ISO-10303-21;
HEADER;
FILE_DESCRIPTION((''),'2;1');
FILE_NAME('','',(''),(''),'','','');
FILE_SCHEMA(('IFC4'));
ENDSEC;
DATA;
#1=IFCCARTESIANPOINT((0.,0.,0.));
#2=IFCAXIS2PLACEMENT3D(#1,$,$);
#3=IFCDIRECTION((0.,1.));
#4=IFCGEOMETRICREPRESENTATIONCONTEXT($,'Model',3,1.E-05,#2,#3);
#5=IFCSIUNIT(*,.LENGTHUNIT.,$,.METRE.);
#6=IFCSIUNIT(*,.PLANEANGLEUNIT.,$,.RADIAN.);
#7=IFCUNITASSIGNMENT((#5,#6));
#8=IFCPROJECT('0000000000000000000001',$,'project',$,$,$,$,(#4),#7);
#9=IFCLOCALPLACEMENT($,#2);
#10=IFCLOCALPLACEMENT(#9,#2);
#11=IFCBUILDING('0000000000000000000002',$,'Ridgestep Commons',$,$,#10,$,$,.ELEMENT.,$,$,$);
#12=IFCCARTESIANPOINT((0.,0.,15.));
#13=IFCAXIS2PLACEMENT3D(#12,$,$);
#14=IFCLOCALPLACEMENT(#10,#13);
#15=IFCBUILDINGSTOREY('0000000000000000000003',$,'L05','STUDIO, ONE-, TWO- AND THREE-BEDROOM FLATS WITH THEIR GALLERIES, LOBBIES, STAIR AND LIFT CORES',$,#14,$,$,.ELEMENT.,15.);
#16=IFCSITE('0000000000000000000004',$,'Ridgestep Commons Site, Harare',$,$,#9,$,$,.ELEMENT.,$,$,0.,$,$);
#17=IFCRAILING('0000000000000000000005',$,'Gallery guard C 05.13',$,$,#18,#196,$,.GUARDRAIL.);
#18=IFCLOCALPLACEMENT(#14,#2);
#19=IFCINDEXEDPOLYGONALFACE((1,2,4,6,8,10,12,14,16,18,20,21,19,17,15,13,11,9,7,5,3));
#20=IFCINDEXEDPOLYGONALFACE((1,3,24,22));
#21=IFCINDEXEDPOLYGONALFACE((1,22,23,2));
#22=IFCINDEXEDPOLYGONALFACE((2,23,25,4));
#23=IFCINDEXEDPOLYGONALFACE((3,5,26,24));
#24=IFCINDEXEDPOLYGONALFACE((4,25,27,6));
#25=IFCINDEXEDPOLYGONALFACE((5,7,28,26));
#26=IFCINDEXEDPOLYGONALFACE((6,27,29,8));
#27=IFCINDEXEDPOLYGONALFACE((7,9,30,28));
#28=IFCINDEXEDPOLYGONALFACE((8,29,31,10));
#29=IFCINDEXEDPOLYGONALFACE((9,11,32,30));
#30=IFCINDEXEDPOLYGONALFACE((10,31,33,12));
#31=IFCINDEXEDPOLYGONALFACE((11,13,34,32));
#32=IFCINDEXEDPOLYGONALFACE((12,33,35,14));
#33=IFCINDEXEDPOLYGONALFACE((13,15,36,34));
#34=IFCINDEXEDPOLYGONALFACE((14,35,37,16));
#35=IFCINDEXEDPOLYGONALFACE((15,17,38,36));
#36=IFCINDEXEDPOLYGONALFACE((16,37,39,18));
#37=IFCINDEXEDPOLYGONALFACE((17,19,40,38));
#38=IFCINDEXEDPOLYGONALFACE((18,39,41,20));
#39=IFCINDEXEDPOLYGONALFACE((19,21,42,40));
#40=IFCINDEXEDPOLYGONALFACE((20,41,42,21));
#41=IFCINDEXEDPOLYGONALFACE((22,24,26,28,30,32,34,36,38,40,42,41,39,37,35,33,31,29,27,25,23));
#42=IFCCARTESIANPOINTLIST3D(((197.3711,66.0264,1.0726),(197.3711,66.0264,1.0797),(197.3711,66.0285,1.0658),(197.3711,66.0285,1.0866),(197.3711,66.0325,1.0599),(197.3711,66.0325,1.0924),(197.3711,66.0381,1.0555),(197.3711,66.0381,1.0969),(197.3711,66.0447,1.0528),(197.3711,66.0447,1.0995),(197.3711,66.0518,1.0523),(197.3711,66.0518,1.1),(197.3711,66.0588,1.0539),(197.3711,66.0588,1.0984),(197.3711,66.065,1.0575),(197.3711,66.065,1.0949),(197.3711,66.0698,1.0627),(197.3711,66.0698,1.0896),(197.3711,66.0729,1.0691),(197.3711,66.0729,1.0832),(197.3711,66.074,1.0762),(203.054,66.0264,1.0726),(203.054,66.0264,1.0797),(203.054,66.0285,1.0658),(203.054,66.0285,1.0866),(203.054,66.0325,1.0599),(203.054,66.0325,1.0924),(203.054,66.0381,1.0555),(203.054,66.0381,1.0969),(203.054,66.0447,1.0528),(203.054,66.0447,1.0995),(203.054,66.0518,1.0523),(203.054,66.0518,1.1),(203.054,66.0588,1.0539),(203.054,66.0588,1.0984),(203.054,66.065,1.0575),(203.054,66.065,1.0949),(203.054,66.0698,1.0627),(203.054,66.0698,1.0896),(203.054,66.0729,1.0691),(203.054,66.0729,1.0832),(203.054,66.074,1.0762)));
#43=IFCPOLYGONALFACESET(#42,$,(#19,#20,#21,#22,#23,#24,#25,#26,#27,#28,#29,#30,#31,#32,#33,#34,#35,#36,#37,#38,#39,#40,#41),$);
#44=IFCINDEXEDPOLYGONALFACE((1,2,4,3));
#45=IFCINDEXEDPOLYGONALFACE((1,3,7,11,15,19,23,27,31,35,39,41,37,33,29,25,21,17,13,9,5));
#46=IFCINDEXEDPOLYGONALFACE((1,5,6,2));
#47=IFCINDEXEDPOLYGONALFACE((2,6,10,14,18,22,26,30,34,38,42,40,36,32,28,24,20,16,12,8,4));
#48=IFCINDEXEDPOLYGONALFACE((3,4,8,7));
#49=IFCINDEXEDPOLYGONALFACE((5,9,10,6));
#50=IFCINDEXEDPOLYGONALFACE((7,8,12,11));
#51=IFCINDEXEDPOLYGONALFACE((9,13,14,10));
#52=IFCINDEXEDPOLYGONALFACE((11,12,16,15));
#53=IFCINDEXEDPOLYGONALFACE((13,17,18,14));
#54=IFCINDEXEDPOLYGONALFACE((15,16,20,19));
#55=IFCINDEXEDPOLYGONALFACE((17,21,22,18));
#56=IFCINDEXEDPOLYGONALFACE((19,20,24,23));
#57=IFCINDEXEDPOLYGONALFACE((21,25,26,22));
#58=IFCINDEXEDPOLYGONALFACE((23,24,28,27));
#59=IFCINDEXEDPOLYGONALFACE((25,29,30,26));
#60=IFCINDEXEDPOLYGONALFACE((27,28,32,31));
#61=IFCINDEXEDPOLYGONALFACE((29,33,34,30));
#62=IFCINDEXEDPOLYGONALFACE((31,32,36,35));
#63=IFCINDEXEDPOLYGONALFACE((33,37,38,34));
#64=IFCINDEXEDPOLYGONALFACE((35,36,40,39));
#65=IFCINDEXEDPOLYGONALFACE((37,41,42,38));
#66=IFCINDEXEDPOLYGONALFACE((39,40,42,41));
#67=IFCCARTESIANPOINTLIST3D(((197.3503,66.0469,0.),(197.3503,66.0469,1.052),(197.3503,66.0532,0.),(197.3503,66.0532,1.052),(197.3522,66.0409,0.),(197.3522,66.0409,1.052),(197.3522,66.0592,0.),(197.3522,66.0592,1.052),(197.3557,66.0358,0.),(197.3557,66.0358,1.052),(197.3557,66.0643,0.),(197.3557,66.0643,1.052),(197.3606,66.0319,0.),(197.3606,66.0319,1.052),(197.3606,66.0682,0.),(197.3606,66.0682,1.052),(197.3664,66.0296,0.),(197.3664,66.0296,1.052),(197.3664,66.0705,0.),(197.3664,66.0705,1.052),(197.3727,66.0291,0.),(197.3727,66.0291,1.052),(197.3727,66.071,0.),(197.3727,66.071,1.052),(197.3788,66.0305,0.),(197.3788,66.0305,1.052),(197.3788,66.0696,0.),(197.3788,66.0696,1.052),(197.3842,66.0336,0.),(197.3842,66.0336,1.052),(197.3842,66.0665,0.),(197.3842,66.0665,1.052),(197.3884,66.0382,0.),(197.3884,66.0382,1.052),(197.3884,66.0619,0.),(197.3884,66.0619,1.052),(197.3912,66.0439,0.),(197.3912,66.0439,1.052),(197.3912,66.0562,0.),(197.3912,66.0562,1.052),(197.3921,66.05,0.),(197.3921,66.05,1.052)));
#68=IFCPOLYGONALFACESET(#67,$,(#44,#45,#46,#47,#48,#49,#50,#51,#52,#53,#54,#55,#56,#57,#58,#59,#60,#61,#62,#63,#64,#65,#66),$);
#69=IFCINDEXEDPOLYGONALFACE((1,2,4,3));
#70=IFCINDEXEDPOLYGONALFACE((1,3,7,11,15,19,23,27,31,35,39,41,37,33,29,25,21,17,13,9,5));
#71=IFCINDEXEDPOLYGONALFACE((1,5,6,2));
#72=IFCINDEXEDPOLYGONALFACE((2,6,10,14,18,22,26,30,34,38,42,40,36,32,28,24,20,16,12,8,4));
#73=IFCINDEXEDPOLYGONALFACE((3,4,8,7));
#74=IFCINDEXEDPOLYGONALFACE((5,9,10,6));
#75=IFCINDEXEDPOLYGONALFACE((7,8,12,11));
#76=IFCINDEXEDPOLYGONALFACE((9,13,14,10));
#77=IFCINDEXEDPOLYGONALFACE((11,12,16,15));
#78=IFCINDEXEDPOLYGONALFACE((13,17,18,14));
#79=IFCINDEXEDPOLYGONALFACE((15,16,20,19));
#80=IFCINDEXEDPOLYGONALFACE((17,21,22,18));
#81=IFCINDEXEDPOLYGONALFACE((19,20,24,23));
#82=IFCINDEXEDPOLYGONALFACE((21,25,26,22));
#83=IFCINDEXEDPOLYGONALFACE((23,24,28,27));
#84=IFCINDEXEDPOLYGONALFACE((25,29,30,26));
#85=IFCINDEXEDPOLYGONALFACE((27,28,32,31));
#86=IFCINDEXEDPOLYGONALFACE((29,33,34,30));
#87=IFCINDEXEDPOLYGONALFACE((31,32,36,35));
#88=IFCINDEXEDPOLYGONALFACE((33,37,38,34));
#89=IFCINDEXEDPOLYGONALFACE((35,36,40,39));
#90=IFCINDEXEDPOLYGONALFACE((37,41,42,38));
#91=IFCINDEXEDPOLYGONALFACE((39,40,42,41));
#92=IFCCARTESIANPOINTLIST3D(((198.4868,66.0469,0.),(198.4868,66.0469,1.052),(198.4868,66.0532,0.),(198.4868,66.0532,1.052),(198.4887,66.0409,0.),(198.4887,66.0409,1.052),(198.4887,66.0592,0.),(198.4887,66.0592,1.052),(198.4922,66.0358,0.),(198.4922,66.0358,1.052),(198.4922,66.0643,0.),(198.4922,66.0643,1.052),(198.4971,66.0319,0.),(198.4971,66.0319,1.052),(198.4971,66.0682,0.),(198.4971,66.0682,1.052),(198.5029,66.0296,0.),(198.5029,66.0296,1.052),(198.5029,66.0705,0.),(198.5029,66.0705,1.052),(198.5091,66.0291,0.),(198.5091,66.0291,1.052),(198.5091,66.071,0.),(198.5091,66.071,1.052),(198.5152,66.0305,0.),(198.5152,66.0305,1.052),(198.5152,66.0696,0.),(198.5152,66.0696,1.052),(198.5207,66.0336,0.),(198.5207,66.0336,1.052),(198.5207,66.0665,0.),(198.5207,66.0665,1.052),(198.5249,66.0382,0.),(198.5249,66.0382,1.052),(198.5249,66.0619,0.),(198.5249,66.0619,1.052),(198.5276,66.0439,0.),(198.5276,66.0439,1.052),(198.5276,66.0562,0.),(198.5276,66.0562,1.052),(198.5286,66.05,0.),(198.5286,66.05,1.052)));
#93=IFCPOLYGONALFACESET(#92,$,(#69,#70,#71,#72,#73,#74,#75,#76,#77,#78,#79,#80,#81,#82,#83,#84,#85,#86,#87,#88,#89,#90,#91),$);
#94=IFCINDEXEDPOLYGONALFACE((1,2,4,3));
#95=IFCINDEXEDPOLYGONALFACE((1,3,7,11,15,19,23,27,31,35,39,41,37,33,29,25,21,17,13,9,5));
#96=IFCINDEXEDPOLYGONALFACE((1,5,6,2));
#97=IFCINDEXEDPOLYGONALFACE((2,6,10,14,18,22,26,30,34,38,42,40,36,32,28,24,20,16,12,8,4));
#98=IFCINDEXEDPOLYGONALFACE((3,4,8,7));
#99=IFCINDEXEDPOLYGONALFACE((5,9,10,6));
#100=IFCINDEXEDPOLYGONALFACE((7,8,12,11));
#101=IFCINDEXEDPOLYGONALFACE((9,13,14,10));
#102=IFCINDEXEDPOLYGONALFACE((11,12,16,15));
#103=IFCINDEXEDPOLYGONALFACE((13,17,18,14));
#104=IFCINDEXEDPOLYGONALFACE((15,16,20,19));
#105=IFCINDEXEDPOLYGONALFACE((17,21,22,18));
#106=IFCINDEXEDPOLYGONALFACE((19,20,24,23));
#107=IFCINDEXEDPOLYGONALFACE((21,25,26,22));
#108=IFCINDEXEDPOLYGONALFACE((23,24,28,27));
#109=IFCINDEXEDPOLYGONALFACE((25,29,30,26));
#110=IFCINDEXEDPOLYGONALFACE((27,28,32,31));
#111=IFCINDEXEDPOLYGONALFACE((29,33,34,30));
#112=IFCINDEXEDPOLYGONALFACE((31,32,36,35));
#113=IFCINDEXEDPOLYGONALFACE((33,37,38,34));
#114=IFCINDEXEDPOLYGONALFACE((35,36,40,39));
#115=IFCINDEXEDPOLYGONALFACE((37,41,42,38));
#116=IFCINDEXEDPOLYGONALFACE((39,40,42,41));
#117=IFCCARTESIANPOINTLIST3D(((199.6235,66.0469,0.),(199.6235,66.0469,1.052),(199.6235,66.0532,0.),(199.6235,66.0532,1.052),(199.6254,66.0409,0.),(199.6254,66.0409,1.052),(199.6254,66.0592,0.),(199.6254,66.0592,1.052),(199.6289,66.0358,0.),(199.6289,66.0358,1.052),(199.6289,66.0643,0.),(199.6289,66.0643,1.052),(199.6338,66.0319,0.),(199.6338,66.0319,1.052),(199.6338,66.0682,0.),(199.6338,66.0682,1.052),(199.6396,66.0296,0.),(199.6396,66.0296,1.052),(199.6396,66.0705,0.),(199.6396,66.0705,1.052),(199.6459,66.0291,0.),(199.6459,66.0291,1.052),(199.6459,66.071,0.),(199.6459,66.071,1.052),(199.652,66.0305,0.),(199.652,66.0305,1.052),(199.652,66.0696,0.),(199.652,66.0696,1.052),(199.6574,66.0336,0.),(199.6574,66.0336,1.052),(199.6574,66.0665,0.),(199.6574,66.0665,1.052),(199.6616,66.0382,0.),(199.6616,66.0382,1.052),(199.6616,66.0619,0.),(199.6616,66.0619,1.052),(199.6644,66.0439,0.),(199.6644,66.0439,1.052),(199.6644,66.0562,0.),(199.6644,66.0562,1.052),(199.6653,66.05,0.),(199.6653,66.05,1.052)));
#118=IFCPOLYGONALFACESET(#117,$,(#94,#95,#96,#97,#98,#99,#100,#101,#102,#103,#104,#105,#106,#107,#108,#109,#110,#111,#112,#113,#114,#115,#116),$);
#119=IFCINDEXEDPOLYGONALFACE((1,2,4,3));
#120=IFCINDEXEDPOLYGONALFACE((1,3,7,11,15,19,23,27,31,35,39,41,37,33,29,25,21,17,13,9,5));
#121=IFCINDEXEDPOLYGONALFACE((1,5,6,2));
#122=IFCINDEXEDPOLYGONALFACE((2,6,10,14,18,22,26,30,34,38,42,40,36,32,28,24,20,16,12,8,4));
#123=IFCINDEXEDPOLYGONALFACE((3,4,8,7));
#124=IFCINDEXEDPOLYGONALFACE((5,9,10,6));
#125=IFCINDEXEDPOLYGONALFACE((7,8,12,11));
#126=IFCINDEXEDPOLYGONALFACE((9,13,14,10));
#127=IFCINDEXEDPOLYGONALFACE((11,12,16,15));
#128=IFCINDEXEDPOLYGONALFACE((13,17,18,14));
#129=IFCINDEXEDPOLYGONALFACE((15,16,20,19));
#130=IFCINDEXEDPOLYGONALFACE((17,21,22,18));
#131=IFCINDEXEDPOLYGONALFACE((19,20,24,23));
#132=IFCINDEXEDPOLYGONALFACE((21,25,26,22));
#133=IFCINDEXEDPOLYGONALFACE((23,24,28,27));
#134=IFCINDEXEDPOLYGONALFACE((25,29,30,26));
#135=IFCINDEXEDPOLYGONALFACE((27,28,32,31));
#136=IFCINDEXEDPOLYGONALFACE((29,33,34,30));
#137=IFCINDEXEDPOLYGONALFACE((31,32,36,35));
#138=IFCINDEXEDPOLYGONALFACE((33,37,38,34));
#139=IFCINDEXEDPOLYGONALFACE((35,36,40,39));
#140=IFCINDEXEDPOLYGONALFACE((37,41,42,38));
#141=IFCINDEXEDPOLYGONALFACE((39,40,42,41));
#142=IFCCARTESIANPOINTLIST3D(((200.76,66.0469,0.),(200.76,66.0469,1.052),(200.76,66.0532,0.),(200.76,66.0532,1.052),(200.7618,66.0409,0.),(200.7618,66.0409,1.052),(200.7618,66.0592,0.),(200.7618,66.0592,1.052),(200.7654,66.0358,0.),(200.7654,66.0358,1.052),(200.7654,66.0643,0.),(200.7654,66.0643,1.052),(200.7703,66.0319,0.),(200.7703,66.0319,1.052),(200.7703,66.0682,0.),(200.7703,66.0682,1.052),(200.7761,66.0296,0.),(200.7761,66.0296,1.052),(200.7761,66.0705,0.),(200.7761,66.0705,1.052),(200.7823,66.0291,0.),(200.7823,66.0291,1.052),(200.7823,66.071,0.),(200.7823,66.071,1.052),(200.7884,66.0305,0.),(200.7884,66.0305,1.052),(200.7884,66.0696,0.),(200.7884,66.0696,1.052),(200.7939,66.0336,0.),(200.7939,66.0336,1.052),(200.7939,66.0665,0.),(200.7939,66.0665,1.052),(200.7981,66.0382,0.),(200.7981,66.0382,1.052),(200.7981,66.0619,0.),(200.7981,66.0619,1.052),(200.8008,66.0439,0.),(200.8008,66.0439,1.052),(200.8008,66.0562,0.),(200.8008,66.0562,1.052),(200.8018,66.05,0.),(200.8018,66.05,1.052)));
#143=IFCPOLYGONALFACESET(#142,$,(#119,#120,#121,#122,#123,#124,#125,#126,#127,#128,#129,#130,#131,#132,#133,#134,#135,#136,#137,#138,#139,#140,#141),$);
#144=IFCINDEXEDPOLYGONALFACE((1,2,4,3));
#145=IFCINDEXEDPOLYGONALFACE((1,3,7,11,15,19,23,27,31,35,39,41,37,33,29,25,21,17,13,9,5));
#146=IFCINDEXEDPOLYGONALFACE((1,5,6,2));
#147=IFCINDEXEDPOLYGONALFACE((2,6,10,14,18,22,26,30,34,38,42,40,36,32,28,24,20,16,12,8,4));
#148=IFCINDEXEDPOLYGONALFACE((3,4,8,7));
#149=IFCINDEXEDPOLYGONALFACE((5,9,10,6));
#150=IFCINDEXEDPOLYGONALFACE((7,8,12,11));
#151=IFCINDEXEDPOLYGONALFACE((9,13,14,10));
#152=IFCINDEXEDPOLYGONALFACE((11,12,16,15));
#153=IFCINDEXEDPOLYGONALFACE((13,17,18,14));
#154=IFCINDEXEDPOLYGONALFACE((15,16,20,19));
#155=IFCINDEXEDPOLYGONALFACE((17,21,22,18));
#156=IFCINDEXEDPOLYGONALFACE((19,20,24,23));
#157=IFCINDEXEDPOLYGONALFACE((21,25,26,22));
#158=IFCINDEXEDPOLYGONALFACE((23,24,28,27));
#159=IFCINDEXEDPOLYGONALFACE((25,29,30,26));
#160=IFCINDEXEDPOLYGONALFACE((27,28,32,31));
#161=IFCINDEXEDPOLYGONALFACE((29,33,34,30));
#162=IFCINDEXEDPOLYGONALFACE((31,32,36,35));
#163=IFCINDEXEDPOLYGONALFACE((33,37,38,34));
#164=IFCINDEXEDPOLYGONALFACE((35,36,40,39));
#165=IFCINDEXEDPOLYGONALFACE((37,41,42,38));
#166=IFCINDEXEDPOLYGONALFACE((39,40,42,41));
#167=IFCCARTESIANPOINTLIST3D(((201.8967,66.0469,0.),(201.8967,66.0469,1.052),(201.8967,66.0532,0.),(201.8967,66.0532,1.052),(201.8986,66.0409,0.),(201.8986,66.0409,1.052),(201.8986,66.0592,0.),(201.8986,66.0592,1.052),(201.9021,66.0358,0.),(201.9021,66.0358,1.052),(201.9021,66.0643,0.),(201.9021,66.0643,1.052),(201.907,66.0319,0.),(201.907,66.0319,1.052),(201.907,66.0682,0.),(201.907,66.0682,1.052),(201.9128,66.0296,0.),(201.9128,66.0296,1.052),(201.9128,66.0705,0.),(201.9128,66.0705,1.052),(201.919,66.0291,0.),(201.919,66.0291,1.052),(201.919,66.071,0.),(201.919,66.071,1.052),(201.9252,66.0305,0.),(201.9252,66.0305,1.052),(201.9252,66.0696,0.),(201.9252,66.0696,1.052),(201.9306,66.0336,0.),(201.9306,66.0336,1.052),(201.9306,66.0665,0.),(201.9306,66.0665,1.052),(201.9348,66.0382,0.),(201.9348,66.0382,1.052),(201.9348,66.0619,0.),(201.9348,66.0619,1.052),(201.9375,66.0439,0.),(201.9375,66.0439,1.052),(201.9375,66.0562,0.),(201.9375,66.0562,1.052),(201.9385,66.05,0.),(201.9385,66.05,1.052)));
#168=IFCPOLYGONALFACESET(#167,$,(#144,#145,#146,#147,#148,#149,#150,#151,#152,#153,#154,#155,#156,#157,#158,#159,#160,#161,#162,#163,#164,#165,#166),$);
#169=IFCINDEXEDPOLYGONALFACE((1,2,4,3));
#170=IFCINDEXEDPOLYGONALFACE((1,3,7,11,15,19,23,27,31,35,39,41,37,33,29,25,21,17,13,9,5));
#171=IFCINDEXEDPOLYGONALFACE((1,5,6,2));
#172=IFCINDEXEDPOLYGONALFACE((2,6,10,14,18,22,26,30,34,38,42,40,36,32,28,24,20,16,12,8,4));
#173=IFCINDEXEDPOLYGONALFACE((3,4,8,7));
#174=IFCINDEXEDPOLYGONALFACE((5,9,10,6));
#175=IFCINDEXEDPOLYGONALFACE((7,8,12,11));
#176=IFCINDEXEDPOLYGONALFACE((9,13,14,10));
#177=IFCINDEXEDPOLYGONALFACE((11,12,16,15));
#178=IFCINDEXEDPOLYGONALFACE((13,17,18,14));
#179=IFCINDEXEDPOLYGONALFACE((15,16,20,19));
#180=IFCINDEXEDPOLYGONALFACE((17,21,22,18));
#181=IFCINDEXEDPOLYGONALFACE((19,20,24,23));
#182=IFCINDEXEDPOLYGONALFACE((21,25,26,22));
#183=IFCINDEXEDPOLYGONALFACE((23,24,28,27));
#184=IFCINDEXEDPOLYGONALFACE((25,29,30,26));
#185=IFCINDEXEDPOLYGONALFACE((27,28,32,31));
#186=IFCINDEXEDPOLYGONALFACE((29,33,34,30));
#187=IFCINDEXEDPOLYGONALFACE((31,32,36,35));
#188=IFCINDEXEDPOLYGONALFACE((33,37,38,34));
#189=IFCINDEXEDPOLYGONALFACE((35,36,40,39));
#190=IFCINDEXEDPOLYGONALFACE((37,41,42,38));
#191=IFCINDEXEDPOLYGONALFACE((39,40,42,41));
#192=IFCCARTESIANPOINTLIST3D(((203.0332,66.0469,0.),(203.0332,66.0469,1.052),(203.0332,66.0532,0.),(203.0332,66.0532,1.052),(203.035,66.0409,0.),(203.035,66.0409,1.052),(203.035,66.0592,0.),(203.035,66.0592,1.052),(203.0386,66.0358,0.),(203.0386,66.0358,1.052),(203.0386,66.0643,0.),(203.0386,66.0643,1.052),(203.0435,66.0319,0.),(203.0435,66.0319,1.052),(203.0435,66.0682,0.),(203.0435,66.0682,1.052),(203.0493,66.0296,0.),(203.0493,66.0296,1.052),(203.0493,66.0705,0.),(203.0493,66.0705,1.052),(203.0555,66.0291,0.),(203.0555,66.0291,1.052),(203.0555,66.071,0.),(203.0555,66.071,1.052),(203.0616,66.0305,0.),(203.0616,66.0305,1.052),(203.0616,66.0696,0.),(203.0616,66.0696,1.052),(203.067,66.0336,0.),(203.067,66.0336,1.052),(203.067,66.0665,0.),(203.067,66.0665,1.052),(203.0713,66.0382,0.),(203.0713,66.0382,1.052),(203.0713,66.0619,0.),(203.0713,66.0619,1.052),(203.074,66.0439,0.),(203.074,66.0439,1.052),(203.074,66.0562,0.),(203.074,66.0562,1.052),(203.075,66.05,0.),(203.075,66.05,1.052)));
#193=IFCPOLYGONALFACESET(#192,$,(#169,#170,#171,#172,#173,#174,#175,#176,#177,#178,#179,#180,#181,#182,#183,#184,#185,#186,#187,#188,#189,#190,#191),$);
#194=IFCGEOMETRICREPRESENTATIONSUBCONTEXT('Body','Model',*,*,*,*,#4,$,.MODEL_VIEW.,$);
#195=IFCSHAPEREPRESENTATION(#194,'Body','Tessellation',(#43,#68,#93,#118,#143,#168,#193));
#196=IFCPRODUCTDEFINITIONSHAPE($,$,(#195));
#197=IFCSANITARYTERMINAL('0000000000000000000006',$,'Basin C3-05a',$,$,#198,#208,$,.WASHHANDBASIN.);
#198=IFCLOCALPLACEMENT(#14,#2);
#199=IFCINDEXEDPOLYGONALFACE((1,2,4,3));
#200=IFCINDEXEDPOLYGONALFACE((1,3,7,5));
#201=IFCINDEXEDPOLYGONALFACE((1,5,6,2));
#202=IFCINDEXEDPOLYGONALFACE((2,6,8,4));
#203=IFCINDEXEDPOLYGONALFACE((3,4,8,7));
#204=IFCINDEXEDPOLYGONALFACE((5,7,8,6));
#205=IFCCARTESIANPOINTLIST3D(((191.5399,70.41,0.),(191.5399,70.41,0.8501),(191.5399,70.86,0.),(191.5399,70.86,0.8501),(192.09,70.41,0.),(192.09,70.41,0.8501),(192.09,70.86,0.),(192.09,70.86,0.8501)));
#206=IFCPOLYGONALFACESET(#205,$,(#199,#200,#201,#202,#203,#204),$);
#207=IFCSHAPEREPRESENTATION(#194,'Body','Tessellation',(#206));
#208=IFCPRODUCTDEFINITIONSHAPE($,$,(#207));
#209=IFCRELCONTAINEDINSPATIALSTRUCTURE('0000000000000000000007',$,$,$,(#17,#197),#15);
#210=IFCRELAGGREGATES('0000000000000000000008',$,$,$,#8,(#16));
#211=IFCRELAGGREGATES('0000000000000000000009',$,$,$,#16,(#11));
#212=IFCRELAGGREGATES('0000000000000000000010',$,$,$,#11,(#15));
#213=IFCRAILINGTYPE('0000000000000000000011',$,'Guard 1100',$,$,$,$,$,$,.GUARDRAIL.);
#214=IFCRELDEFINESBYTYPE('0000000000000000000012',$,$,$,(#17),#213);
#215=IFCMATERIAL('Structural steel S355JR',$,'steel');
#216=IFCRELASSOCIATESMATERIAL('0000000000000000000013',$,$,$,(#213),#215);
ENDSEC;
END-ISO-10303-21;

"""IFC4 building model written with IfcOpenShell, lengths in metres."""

from ifc_helpers import new_model, si_unit, direction, frame, origin, origin_2d, place, context, subcontext, project, spatial, rectangle, circle, extrude, material, type_object, element, save


model = new_model("IFC4")

# Units and contexts
model_context = context("Model", 3, precision=1e-05, world=origin(), true_north=direction((0.0, 1.0)))
body_context = subcontext(model_context, "Body", "Model", "MODEL_VIEW")
ifc_project = project(units=[si_unit("LENGTHUNIT", "METRE"), si_unit("PLANEANGLEUNIT", "RADIAN")], contexts=[model_context])

# Site, building, storey
site_placement = place(None, origin())
site = spatial("IfcSite", under=ifc_project, at=site_placement, Name="Ridgestep Commons Site, Harare", CompositionType="ELEMENT", RefElevation=0.0)
building_placement = place(site_placement, origin())
building = spatial("IfcBuilding", under=site, at=building_placement, Name="Ridgestep Commons", CompositionType="ELEMENT")
storey_placement = place(building_placement, frame((0.0, 0.0, 15.0)))
storey = spatial("IfcBuildingStorey", under=building, at=storey_placement, Name="L05", Description="STUDIO, ONE-, TWO- AND THREE-BEDROOM FLATS WITH THEIR GALLERIES, LOBBIES, STAIR AND LIFT CORES", CompositionType="ELEMENT", Elevation=15.0)

# Railing
ifc_material_1 = material(Name="Structural steel S355JR", Category="steel")
railing_type = type_object("IfcRailingType", Name="Guard 1100", PredefinedType="GUARDRAIL", material=ifc_material_1)
railing_1_placement = place(storey_placement, frame((197.3711, 66.05, 0.0)))
element("IfcRailing", 1, at=railing_1_placement, inside=storey, type_object=railing_type, Name="Gallery guard C 05.13", PredefinedType="GUARDRAIL", context=body_context, shape_type="SweptSolid", body=[
    extrude(circle(Radius=0.0239, at=origin_2d()), frame((0.0, 0.0, 1.0762), z_axis=(1.0, 0.0, 0.0), x_axis=(0.0, 1.0, 0.0)), (0.0, 0.0, 1.0), 5.6829),
    extrude(circle(Radius=0.021, at=origin_2d()), origin(), (0.0, 0.0, 1.0), 1.052),
    extrude(circle(Radius=0.021, at=origin_2d()), frame((1.1365, 0.0, 0.0)), (0.0, 0.0, 1.0), 1.052),
    extrude(circle(Radius=0.021, at=origin_2d()), frame((2.2732, 0.0, 0.0)), (0.0, 0.0, 1.0), 1.052),
    extrude(circle(Radius=0.021, at=origin_2d()), frame((3.4097, 0.0, 0.0)), (0.0, 0.0, 1.0), 1.052),
    extrude(circle(Radius=0.021, at=origin_2d()), frame((4.5464, 0.0, 0.0)), (0.0, 0.0, 1.0), 1.052),
    extrude(circle(Radius=0.021, at=origin_2d()), frame((5.6829, 0.0, 0.0)), (0.0, 0.0, 1.0), 1.052),
])

# Sanitary terminal
sanitary_terminal_placement = place(storey_placement, frame((191.8149, 70.635, 0.0), z_axis=(0.0, 0.0, 1.0), x_axis=(1.0, 0.0, 0.0)))
element("IfcSanitaryTerminal", 2, at=sanitary_terminal_placement, inside=storey, Name="Basin C3-05a", PredefinedType="WASHHANDBASIN", context=body_context, shape_type="SweptSolid", body=[
    extrude(rectangle(XDim=0.55, YDim=0.45, at=origin_2d()), origin(), (0.0, 0.0, 1.0), 0.8501),
])

save(model, "model.ifc")
